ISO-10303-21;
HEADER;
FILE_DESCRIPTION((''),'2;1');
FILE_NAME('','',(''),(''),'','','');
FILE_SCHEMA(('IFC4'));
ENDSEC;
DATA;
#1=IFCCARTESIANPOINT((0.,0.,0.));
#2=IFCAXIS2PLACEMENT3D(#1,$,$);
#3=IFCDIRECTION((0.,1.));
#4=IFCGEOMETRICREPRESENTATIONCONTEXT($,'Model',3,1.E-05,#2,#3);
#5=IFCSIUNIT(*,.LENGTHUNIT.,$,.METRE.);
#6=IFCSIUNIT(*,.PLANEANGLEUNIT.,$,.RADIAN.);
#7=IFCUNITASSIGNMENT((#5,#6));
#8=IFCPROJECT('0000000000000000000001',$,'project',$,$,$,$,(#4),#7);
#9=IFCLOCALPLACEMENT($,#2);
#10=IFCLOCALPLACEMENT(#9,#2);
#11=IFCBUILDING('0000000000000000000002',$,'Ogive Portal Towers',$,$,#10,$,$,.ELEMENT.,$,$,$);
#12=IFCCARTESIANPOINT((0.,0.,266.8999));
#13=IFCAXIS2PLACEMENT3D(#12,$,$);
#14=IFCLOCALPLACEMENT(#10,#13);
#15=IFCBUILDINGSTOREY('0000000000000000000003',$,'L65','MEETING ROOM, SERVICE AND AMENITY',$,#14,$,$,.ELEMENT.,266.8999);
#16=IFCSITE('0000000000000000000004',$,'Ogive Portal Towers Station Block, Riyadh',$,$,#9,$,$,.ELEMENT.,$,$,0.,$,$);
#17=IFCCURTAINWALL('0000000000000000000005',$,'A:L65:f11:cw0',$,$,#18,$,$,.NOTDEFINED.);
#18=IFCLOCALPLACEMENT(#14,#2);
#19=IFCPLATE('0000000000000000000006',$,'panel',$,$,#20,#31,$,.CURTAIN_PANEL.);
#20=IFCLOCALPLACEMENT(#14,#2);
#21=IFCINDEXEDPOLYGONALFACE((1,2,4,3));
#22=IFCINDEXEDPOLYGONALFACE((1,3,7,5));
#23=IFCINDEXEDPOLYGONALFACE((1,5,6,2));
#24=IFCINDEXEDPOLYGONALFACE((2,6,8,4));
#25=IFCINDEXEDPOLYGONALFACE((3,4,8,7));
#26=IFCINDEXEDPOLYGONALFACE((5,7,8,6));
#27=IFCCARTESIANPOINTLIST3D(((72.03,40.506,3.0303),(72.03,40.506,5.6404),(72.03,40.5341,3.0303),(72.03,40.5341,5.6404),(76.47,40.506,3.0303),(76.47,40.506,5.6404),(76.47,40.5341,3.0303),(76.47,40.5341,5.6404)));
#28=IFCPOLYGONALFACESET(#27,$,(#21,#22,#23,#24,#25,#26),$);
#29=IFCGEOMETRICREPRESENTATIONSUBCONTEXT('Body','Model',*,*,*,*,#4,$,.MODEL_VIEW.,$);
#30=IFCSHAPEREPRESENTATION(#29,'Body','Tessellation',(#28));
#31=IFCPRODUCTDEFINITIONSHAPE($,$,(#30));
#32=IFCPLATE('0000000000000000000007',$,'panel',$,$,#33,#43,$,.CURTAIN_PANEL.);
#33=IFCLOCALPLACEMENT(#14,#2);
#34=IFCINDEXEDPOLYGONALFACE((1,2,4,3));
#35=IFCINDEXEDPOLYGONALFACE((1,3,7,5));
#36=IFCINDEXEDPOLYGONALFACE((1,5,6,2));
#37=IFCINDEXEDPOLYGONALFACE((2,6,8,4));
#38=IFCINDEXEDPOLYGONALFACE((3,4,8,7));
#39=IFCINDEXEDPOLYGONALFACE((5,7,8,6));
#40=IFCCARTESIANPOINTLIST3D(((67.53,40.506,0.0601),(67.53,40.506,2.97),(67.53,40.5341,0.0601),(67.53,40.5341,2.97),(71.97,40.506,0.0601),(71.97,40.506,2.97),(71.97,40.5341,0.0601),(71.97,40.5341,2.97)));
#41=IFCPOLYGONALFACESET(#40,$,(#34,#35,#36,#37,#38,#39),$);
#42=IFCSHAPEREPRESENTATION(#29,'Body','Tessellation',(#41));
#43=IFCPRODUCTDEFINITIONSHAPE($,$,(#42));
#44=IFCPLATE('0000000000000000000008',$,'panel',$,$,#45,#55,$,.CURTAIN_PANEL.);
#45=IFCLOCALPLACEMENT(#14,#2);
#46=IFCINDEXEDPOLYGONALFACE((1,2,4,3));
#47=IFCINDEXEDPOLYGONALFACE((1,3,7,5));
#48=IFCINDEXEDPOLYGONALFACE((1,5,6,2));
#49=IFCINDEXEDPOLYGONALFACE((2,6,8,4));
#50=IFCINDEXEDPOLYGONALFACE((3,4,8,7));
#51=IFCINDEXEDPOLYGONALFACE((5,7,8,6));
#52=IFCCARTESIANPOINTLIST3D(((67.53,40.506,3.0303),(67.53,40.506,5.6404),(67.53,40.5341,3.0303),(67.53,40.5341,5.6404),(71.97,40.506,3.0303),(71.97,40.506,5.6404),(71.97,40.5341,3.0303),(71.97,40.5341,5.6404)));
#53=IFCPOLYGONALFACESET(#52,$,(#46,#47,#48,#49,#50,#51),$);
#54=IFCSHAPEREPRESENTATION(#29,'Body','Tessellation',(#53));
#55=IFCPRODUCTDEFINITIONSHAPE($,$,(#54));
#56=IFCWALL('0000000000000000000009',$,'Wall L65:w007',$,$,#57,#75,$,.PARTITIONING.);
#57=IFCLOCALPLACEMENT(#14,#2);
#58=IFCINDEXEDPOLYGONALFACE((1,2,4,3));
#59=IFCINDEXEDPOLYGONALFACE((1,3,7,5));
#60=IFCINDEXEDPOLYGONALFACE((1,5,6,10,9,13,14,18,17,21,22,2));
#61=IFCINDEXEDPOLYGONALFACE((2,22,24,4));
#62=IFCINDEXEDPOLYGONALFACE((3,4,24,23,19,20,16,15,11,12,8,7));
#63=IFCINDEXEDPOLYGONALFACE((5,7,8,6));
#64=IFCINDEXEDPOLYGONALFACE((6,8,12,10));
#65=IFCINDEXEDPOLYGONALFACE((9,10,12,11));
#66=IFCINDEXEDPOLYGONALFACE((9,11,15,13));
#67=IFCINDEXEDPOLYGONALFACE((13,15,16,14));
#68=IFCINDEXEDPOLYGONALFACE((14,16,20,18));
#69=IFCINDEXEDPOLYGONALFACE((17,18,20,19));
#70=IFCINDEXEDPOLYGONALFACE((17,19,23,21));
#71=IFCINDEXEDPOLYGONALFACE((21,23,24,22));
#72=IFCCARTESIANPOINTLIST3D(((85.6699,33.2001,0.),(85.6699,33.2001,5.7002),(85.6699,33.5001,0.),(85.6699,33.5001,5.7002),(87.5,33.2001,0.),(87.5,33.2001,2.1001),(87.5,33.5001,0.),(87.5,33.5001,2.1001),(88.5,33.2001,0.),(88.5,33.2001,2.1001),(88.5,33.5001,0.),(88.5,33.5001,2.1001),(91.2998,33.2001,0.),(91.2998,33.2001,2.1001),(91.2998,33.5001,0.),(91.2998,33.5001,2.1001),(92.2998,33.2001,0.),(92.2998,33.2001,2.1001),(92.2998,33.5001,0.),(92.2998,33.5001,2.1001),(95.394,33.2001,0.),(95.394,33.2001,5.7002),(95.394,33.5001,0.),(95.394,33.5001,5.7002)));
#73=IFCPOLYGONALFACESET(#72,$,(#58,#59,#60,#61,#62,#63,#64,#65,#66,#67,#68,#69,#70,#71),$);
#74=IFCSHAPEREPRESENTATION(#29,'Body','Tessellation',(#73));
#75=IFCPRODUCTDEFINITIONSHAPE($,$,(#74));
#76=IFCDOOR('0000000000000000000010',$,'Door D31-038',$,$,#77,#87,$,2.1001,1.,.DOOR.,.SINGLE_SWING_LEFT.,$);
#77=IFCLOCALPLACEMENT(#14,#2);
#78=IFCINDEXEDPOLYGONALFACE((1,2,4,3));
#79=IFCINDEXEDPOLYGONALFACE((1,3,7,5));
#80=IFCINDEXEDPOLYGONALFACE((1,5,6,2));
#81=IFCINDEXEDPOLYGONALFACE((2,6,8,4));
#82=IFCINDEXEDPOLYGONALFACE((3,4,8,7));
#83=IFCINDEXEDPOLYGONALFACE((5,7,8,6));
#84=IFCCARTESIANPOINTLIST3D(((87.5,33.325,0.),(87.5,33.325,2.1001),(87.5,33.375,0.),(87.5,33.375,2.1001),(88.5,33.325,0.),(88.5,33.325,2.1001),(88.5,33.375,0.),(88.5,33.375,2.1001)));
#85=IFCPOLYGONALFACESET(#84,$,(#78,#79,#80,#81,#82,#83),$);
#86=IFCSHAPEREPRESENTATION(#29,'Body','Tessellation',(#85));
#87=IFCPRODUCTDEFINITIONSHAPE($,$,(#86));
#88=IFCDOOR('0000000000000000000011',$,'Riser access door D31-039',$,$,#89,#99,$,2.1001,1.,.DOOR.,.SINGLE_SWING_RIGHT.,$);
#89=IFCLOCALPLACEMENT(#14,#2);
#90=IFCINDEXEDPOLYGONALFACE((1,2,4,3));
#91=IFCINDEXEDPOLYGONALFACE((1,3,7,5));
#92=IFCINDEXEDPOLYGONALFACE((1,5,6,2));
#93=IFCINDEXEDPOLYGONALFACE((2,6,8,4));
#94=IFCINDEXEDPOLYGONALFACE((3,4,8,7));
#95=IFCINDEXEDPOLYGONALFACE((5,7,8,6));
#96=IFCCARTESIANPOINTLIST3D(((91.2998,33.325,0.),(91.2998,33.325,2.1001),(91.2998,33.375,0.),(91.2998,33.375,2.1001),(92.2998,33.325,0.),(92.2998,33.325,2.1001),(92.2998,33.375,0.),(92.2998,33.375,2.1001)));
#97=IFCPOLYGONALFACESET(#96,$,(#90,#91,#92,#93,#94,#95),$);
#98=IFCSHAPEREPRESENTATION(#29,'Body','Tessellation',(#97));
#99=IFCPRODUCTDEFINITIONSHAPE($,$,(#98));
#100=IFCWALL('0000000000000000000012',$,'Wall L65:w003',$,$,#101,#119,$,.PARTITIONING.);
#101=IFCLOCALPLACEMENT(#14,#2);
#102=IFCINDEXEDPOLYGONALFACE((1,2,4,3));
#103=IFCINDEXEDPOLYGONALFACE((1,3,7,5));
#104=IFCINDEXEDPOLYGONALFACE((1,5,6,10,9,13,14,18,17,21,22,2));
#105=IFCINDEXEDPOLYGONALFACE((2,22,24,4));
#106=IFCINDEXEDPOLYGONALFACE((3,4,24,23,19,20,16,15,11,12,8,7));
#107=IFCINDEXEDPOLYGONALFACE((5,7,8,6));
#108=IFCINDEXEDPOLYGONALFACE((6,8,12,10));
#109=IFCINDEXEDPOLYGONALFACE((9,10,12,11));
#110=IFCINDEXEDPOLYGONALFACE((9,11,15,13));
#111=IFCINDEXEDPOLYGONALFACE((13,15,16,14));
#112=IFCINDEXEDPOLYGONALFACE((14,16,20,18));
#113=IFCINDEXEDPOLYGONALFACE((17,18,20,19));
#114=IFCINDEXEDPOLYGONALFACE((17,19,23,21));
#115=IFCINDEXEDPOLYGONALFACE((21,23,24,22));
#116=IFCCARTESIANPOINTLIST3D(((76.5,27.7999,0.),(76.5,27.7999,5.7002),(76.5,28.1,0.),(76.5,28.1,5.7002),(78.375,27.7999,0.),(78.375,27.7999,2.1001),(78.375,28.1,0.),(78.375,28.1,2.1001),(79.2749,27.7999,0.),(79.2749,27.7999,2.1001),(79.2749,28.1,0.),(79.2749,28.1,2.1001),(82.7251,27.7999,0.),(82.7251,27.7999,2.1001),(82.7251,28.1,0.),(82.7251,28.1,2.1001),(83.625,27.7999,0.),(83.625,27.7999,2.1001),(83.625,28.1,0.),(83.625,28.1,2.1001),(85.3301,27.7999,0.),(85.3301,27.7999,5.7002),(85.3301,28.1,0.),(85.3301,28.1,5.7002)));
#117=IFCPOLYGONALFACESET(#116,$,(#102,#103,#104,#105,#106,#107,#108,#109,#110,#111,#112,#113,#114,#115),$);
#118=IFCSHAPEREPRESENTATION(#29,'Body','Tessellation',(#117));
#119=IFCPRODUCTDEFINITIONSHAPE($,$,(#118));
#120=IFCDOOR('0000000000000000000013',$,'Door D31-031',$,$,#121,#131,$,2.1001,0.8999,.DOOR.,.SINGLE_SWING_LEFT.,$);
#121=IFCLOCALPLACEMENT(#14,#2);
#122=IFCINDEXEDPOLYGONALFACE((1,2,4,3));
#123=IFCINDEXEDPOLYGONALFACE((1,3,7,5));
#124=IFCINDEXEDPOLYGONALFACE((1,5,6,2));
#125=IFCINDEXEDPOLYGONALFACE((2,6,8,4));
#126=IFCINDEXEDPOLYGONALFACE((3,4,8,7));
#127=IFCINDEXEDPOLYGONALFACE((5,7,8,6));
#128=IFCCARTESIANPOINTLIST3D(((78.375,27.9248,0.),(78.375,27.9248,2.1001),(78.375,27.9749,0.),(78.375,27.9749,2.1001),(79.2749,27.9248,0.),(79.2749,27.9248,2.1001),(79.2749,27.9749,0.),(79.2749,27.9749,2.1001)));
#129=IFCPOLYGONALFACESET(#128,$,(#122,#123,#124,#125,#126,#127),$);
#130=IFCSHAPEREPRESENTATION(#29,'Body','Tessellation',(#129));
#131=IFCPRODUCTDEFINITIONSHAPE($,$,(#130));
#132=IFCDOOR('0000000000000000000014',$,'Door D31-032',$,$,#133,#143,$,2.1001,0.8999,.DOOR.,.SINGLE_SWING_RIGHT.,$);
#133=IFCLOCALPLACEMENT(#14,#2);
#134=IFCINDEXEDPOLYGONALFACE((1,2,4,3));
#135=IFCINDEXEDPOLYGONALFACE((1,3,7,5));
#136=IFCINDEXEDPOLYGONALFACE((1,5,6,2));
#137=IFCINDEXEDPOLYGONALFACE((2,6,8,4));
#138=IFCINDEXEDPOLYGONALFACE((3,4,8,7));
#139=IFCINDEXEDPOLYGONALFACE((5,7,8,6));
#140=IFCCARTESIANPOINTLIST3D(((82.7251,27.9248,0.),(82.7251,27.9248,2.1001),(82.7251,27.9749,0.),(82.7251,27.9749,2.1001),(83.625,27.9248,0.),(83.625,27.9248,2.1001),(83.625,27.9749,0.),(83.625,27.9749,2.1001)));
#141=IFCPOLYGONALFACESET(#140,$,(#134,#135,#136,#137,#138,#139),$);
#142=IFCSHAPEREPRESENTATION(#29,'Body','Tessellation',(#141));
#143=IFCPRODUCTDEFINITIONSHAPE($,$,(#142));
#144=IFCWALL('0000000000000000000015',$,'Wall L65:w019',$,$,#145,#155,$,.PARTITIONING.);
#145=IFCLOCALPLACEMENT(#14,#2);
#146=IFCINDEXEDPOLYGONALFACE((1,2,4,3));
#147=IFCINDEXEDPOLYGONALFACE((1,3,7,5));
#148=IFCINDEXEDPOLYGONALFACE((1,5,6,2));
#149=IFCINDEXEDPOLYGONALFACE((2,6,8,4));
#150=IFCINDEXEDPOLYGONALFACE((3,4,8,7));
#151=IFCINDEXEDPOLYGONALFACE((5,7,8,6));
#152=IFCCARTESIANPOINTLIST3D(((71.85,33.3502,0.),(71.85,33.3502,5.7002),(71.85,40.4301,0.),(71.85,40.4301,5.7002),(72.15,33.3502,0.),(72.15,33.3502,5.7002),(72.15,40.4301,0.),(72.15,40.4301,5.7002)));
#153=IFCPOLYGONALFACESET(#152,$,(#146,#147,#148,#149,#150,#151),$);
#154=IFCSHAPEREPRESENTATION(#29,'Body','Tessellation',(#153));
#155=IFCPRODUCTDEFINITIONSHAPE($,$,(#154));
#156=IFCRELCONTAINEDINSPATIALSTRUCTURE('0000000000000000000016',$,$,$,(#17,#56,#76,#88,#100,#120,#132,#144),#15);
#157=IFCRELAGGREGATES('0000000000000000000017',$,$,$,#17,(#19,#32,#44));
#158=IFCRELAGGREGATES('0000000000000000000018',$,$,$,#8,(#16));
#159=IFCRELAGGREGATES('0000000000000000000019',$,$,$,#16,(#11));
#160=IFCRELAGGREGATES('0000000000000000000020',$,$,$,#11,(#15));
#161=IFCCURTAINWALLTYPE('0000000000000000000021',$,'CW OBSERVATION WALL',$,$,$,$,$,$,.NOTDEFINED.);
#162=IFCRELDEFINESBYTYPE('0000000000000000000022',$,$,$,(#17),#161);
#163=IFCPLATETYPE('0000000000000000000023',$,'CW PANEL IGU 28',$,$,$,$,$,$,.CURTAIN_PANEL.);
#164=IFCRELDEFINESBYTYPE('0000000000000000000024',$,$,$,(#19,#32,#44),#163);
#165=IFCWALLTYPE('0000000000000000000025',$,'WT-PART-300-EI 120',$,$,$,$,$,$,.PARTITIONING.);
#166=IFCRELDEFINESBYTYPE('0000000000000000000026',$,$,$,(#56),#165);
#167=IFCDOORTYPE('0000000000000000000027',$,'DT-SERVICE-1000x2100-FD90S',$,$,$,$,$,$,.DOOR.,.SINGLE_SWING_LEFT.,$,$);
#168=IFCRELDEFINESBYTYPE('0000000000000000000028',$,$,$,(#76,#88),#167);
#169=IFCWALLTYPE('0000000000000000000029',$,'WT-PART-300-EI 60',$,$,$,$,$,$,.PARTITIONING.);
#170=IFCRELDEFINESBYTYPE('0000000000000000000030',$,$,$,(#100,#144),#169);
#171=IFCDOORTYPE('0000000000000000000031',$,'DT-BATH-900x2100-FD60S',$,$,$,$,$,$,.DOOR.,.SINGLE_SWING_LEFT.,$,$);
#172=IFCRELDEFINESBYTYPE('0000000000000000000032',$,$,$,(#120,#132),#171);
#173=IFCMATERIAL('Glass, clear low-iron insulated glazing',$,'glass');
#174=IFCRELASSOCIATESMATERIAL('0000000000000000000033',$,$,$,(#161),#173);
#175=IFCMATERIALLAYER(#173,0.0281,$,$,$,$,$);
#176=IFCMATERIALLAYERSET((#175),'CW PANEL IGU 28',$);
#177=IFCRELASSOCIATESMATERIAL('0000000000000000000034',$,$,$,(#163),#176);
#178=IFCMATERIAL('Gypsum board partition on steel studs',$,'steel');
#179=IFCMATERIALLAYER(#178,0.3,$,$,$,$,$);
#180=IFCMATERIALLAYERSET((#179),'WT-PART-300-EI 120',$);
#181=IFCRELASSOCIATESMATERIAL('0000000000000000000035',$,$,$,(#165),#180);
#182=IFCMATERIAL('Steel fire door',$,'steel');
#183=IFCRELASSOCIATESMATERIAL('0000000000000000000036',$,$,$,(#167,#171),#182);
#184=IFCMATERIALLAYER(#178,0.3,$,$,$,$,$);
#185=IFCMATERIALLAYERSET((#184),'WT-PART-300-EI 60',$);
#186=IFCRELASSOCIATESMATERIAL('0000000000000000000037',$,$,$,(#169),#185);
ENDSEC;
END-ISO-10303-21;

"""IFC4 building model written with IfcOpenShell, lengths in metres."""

from ifc_helpers import new_model, si_unit, direction, frame, frame_2d, origin, origin_2d, place, context, subcontext, project, spatial, rectangle, extrude, material, layer, layer_set, type_object, element, fill, aggregate, save


model = new_model("IFC4")

# Units and contexts
model_context = context("Model", 3, precision=1e-05, world=origin(), true_north=direction((0.0, 1.0)))
body_context = subcontext(model_context, "Body", "Model", "MODEL_VIEW")
ifc_project = project(units=[si_unit("LENGTHUNIT", "METRE"), si_unit("PLANEANGLEUNIT", "RADIAN")], contexts=[model_context])

# Site, building, storey
site_placement = place(None, origin())
site = spatial("IfcSite", under=ifc_project, at=site_placement, Name="Ogive Portal Towers Station Block, Riyadh", CompositionType="ELEMENT", RefElevation=0.0)
building_placement = place(site_placement, origin())
building = spatial("IfcBuilding", under=site, at=building_placement, Name="Ogive Portal Towers", CompositionType="ELEMENT")
storey_placement = place(building_placement, frame((0.0, 0.0, 266.8999)))
storey = spatial("IfcBuildingStorey", under=building, at=storey_placement, Name="L65", Description="MEETING ROOM, SERVICE AND AMENITY", CompositionType="ELEMENT", Elevation=266.8999)

# Curtain wall, plates
ifc_material_1 = material(Name="Glass, clear low-iron insulated glazing", Category="glass")
curtain_wall_type = type_object("IfcCurtainWallType", Name="CW OBSERVATION WALL", PredefinedType="NOTDEFINED", material=ifc_material_1)
curtain_wall_placement = place(storey_placement, origin())
curtain_wall = element("IfcCurtainWall", 1, at=curtain_wall_placement, inside=storey, type_object=curtain_wall_type, Name="A:L65:f11:cw0", PredefinedType="NOTDEFINED")
ifc_layer_1 = layer(ifc_material_1, 0.0281)
ifc_layer_set_1 = layer_set([ifc_layer_1], Name="CW PANEL IGU 28")
plate_type = type_object("IfcPlateType", Name="CW PANEL IGU 28", PredefinedType="CURTAIN_PANEL", material=ifc_layer_set_1)
plate_1_placement = place(storey_placement, frame((74.25, 40.52, 3.0303), z_axis=(0.0, 0.0, 1.0), x_axis=(-1.0, 0.0, 0.0)))
plate_1 = element("IfcPlate", 2, at=plate_1_placement, type_object=plate_type, Name="panel", PredefinedType="CURTAIN_PANEL", context=body_context, shape_type="SweptSolid", body=[
    extrude(rectangle(XDim=4.4399, YDim=0.0281, at=origin_2d()), origin(), (0.0, 0.0, 1.0), 2.6101),
])
plate_2_placement = place(storey_placement, frame((69.75, 40.52, 0.0601), z_axis=(0.0, 0.0, 1.0), x_axis=(-1.0, 0.0, 0.0)))
plate_2 = element("IfcPlate", 3, at=plate_2_placement, type_object=plate_type, Name="panel", PredefinedType="CURTAIN_PANEL", context=body_context, shape_type="SweptSolid", body=[
    extrude(rectangle(XDim=4.4399, YDim=0.0281, at=origin_2d()), origin(), (0.0, 0.0, 1.0), 2.9099),
])
plate_3_placement = place(storey_placement, frame((69.75, 40.52, 3.0303), z_axis=(0.0, 0.0, 1.0), x_axis=(-1.0, 0.0, 0.0)))
plate_3 = element("IfcPlate", 4, at=plate_3_placement, type_object=plate_type, Name="panel", PredefinedType="CURTAIN_PANEL", context=body_context, shape_type="SweptSolid", body=[
    extrude(rectangle(XDim=4.4399, YDim=0.0281, at=origin_2d()), origin(), (0.0, 0.0, 1.0), 2.6101),
])
aggregate(curtain_wall, [plate_1, plate_2, plate_3])

# Walls, openings, doors
ifc_material_2 = material(Name="Gypsum board partition on steel studs", Category="steel")
ifc_layer_2 = layer(ifc_material_2, 0.3)
ifc_layer_set_2 = layer_set([ifc_layer_2], Name="WT-PART-300-EI 120")
wall_type_1 = type_object("IfcWallType", Name="WT-PART-300-EI 120", PredefinedType="PARTITIONING", material=ifc_layer_set_2)
wall_1_placement = place(storey_placement, frame((85.6699, 33.3501, 0.0), z_axis=(0.0, 0.0, 1.0), x_axis=(1.0, 0.0, 0.0)))
wall_1 = element("IfcWall", 5, at=wall_1_placement, inside=storey, type_object=wall_type_1, Name="Wall L65:w007", PredefinedType="PARTITIONING", context=body_context, shape_type="SweptSolid", body=[
    extrude(rectangle(XDim=9.7241, YDim=0.3, at=frame_2d((4.8621, 0.0))), origin(), (0.0, 0.0, 1.0), 5.7002),
])
opening_1_placement = place(wall_1_placement, frame((1.8301, 0.0, 0.0)))
opening_1 = element("IfcOpeningElement", 6, at=opening_1_placement, cuts=wall_1, PredefinedType="OPENING", context=body_context, shape_type="SweptSolid", body=[
    extrude(rectangle(XDim=1.0, YDim=2.1001, at=frame_2d((0.5, 1.05))), frame((0.0, 0.1602, 0.0), z_axis=(0.0, -1.0, 0.0), x_axis=(1.0, 0.0, 0.0)), (0.0, 0.0, 1.0), 0.3201),
])
opening_2_placement = place(wall_1_placement, frame((5.6299, 0.0, 0.0)))
opening_2 = element("IfcOpeningElement", 7, at=opening_2_placement, cuts=wall_1, PredefinedType="OPENING", context=body_context, shape_type="SweptSolid", body=[
    extrude(rectangle(XDim=1.0, YDim=2.1001, at=frame_2d((0.5, 1.05))), frame((0.0, 0.1602, 0.0), z_axis=(0.0, -1.0, 0.0), x_axis=(1.0, 0.0, 0.0)), (0.0, 0.0, 1.0), 0.3201),
])
ifc_material_3 = material(Name="Steel fire door", Category="steel")
door_type_1 = type_object("IfcDoorType", Name="DT-SERVICE-1000x2100-FD90S", OperationType="SINGLE_SWING_LEFT", PredefinedType="DOOR", material=ifc_material_3)
door_1_placement = place(opening_1_placement, origin())
door_1 = element("IfcDoor", 8, at=door_1_placement, inside=storey, type_object=door_type_1, Name="Door D31-038", OperationType="SINGLE_SWING_LEFT", OverallHeight=2.1001, OverallWidth=1.0, PredefinedType="DOOR", context=body_context, shape_type="SweptSolid", body=[
    extrude(rectangle(XDim=1.0, YDim=2.1001, at=frame_2d((0.5, 1.05))), frame((0.0, 0.0249, 0.0), z_axis=(0.0, -1.0, 0.0), x_axis=(1.0, 0.0, 0.0)), (0.0, 0.0, 1.0), 0.05),
])
fill(opening_1, door_1)
door_2_placement = place(opening_2_placement, origin())
door_2 = element("IfcDoor", 9, at=door_2_placement, inside=storey, type_object=door_type_1, Name="Riser access door D31-039", OperationType="SINGLE_SWING_RIGHT", OverallHeight=2.1001, OverallWidth=1.0, PredefinedType="DOOR", context=body_context, shape_type="SweptSolid", body=[
    extrude(rectangle(XDim=1.0, YDim=2.1001, at=frame_2d((0.5, 1.05))), frame((0.0, 0.0249, 0.0), z_axis=(0.0, -1.0, 0.0), x_axis=(1.0, 0.0, 0.0)), (0.0, 0.0, 1.0), 0.05),
])
fill(opening_2, door_2)
ifc_layer_3 = layer(ifc_material_2, 0.3)
ifc_layer_set_3 = layer_set([ifc_layer_3], Name="WT-PART-300-EI 60")
wall_type_2 = type_object("IfcWallType", Name="WT-PART-300-EI 60", PredefinedType="PARTITIONING", material=ifc_layer_set_3)
wall_2_placement = place(storey_placement, frame((76.5, 27.95, 0.0), z_axis=(0.0, 0.0, 1.0), x_axis=(1.0, 0.0, 0.0)))
wall_2 = element("IfcWall", 10, at=wall_2_placement, inside=storey, type_object=wall_type_2, Name="Wall L65:w003", PredefinedType="PARTITIONING", context=body_context, shape_type="SweptSolid", body=[
    extrude(rectangle(XDim=8.8301, YDim=0.3, at=frame_2d((4.415, 0.0))), origin(), (0.0, 0.0, 1.0), 5.7002),
])
opening_3_placement = place(wall_2_placement, frame((1.875, 0.0, 0.0)))
opening_3 = element("IfcOpeningElement", 11, at=opening_3_placement, cuts=wall_2, PredefinedType="OPENING", context=body_context, shape_type="SweptSolid", body=[
    extrude(rectangle(XDim=0.8999, YDim=2.1001, at=frame_2d((0.45, 1.05))), frame((0.0, 0.1602, 0.0), z_axis=(0.0, -1.0, 0.0), x_axis=(1.0, 0.0, 0.0)), (0.0, 0.0, 1.0), 0.3201),
])
opening_4_placement = place(wall_2_placement, frame((6.2251, 0.0, 0.0)))
opening_4 = element("IfcOpeningElement", 12, at=opening_4_placement, cuts=wall_2, PredefinedType="OPENING", context=body_context, shape_type="SweptSolid", body=[
    extrude(rectangle(XDim=0.8999, YDim=2.1001, at=frame_2d((0.45, 1.05))), frame((0.0, 0.1602, 0.0), z_axis=(0.0, -1.0, 0.0), x_axis=(1.0, 0.0, 0.0)), (0.0, 0.0, 1.0), 0.3201),
])
door_type_2 = type_object("IfcDoorType", Name="DT-BATH-900x2100-FD60S", OperationType="SINGLE_SWING_LEFT", PredefinedType="DOOR", material=ifc_material_3)
door_3_placement = place(opening_3_placement, origin())
door_3 = element("IfcDoor", 13, at=door_3_placement, inside=storey, type_object=door_type_2, Name="Door D31-031", OperationType="SINGLE_SWING_LEFT", OverallHeight=2.1001, OverallWidth=0.8999, PredefinedType="DOOR", context=body_context, shape_type="SweptSolid", body=[
    extrude(rectangle(XDim=0.8999, YDim=2.1001, at=frame_2d((0.45, 1.05))), frame((0.0, 0.0249, 0.0), z_axis=(0.0, -1.0, 0.0), x_axis=(1.0, 0.0, 0.0)), (0.0, 0.0, 1.0), 0.05),
])
fill(opening_3, door_3)
door_4_placement = place(opening_4_placement, origin())
door_4 = element("IfcDoor", 14, at=door_4_placement, inside=storey, type_object=door_type_2, Name="Door D31-032", OperationType="SINGLE_SWING_RIGHT", OverallHeight=2.1001, OverallWidth=0.8999, PredefinedType="DOOR", context=body_context, shape_type="SweptSolid", body=[
    extrude(rectangle(XDim=0.8999, YDim=2.1001, at=frame_2d((0.45, 1.05))), frame((0.0, 0.0249, 0.0), z_axis=(0.0, -1.0, 0.0), x_axis=(1.0, 0.0, 0.0)), (0.0, 0.0, 1.0), 0.05),
])
fill(opening_4, door_4)

# Wall
wall_3_placement = place(storey_placement, frame((72.0, 33.3501, 0.0), z_axis=(0.0, 0.0, 1.0), x_axis=(0.0, 1.0, 0.0)))
element("IfcWall", 15, at=wall_3_placement, inside=storey, type_object=wall_type_2, Name="Wall L65:w019", PredefinedType="PARTITIONING", context=body_context, shape_type="SweptSolid", body=[
    extrude(rectangle(XDim=7.0798, YDim=0.3, at=frame_2d((3.54, 0.0))), origin(), (0.0, 0.0, 1.0), 5.7002),
])

save(model, "model.ifc")
